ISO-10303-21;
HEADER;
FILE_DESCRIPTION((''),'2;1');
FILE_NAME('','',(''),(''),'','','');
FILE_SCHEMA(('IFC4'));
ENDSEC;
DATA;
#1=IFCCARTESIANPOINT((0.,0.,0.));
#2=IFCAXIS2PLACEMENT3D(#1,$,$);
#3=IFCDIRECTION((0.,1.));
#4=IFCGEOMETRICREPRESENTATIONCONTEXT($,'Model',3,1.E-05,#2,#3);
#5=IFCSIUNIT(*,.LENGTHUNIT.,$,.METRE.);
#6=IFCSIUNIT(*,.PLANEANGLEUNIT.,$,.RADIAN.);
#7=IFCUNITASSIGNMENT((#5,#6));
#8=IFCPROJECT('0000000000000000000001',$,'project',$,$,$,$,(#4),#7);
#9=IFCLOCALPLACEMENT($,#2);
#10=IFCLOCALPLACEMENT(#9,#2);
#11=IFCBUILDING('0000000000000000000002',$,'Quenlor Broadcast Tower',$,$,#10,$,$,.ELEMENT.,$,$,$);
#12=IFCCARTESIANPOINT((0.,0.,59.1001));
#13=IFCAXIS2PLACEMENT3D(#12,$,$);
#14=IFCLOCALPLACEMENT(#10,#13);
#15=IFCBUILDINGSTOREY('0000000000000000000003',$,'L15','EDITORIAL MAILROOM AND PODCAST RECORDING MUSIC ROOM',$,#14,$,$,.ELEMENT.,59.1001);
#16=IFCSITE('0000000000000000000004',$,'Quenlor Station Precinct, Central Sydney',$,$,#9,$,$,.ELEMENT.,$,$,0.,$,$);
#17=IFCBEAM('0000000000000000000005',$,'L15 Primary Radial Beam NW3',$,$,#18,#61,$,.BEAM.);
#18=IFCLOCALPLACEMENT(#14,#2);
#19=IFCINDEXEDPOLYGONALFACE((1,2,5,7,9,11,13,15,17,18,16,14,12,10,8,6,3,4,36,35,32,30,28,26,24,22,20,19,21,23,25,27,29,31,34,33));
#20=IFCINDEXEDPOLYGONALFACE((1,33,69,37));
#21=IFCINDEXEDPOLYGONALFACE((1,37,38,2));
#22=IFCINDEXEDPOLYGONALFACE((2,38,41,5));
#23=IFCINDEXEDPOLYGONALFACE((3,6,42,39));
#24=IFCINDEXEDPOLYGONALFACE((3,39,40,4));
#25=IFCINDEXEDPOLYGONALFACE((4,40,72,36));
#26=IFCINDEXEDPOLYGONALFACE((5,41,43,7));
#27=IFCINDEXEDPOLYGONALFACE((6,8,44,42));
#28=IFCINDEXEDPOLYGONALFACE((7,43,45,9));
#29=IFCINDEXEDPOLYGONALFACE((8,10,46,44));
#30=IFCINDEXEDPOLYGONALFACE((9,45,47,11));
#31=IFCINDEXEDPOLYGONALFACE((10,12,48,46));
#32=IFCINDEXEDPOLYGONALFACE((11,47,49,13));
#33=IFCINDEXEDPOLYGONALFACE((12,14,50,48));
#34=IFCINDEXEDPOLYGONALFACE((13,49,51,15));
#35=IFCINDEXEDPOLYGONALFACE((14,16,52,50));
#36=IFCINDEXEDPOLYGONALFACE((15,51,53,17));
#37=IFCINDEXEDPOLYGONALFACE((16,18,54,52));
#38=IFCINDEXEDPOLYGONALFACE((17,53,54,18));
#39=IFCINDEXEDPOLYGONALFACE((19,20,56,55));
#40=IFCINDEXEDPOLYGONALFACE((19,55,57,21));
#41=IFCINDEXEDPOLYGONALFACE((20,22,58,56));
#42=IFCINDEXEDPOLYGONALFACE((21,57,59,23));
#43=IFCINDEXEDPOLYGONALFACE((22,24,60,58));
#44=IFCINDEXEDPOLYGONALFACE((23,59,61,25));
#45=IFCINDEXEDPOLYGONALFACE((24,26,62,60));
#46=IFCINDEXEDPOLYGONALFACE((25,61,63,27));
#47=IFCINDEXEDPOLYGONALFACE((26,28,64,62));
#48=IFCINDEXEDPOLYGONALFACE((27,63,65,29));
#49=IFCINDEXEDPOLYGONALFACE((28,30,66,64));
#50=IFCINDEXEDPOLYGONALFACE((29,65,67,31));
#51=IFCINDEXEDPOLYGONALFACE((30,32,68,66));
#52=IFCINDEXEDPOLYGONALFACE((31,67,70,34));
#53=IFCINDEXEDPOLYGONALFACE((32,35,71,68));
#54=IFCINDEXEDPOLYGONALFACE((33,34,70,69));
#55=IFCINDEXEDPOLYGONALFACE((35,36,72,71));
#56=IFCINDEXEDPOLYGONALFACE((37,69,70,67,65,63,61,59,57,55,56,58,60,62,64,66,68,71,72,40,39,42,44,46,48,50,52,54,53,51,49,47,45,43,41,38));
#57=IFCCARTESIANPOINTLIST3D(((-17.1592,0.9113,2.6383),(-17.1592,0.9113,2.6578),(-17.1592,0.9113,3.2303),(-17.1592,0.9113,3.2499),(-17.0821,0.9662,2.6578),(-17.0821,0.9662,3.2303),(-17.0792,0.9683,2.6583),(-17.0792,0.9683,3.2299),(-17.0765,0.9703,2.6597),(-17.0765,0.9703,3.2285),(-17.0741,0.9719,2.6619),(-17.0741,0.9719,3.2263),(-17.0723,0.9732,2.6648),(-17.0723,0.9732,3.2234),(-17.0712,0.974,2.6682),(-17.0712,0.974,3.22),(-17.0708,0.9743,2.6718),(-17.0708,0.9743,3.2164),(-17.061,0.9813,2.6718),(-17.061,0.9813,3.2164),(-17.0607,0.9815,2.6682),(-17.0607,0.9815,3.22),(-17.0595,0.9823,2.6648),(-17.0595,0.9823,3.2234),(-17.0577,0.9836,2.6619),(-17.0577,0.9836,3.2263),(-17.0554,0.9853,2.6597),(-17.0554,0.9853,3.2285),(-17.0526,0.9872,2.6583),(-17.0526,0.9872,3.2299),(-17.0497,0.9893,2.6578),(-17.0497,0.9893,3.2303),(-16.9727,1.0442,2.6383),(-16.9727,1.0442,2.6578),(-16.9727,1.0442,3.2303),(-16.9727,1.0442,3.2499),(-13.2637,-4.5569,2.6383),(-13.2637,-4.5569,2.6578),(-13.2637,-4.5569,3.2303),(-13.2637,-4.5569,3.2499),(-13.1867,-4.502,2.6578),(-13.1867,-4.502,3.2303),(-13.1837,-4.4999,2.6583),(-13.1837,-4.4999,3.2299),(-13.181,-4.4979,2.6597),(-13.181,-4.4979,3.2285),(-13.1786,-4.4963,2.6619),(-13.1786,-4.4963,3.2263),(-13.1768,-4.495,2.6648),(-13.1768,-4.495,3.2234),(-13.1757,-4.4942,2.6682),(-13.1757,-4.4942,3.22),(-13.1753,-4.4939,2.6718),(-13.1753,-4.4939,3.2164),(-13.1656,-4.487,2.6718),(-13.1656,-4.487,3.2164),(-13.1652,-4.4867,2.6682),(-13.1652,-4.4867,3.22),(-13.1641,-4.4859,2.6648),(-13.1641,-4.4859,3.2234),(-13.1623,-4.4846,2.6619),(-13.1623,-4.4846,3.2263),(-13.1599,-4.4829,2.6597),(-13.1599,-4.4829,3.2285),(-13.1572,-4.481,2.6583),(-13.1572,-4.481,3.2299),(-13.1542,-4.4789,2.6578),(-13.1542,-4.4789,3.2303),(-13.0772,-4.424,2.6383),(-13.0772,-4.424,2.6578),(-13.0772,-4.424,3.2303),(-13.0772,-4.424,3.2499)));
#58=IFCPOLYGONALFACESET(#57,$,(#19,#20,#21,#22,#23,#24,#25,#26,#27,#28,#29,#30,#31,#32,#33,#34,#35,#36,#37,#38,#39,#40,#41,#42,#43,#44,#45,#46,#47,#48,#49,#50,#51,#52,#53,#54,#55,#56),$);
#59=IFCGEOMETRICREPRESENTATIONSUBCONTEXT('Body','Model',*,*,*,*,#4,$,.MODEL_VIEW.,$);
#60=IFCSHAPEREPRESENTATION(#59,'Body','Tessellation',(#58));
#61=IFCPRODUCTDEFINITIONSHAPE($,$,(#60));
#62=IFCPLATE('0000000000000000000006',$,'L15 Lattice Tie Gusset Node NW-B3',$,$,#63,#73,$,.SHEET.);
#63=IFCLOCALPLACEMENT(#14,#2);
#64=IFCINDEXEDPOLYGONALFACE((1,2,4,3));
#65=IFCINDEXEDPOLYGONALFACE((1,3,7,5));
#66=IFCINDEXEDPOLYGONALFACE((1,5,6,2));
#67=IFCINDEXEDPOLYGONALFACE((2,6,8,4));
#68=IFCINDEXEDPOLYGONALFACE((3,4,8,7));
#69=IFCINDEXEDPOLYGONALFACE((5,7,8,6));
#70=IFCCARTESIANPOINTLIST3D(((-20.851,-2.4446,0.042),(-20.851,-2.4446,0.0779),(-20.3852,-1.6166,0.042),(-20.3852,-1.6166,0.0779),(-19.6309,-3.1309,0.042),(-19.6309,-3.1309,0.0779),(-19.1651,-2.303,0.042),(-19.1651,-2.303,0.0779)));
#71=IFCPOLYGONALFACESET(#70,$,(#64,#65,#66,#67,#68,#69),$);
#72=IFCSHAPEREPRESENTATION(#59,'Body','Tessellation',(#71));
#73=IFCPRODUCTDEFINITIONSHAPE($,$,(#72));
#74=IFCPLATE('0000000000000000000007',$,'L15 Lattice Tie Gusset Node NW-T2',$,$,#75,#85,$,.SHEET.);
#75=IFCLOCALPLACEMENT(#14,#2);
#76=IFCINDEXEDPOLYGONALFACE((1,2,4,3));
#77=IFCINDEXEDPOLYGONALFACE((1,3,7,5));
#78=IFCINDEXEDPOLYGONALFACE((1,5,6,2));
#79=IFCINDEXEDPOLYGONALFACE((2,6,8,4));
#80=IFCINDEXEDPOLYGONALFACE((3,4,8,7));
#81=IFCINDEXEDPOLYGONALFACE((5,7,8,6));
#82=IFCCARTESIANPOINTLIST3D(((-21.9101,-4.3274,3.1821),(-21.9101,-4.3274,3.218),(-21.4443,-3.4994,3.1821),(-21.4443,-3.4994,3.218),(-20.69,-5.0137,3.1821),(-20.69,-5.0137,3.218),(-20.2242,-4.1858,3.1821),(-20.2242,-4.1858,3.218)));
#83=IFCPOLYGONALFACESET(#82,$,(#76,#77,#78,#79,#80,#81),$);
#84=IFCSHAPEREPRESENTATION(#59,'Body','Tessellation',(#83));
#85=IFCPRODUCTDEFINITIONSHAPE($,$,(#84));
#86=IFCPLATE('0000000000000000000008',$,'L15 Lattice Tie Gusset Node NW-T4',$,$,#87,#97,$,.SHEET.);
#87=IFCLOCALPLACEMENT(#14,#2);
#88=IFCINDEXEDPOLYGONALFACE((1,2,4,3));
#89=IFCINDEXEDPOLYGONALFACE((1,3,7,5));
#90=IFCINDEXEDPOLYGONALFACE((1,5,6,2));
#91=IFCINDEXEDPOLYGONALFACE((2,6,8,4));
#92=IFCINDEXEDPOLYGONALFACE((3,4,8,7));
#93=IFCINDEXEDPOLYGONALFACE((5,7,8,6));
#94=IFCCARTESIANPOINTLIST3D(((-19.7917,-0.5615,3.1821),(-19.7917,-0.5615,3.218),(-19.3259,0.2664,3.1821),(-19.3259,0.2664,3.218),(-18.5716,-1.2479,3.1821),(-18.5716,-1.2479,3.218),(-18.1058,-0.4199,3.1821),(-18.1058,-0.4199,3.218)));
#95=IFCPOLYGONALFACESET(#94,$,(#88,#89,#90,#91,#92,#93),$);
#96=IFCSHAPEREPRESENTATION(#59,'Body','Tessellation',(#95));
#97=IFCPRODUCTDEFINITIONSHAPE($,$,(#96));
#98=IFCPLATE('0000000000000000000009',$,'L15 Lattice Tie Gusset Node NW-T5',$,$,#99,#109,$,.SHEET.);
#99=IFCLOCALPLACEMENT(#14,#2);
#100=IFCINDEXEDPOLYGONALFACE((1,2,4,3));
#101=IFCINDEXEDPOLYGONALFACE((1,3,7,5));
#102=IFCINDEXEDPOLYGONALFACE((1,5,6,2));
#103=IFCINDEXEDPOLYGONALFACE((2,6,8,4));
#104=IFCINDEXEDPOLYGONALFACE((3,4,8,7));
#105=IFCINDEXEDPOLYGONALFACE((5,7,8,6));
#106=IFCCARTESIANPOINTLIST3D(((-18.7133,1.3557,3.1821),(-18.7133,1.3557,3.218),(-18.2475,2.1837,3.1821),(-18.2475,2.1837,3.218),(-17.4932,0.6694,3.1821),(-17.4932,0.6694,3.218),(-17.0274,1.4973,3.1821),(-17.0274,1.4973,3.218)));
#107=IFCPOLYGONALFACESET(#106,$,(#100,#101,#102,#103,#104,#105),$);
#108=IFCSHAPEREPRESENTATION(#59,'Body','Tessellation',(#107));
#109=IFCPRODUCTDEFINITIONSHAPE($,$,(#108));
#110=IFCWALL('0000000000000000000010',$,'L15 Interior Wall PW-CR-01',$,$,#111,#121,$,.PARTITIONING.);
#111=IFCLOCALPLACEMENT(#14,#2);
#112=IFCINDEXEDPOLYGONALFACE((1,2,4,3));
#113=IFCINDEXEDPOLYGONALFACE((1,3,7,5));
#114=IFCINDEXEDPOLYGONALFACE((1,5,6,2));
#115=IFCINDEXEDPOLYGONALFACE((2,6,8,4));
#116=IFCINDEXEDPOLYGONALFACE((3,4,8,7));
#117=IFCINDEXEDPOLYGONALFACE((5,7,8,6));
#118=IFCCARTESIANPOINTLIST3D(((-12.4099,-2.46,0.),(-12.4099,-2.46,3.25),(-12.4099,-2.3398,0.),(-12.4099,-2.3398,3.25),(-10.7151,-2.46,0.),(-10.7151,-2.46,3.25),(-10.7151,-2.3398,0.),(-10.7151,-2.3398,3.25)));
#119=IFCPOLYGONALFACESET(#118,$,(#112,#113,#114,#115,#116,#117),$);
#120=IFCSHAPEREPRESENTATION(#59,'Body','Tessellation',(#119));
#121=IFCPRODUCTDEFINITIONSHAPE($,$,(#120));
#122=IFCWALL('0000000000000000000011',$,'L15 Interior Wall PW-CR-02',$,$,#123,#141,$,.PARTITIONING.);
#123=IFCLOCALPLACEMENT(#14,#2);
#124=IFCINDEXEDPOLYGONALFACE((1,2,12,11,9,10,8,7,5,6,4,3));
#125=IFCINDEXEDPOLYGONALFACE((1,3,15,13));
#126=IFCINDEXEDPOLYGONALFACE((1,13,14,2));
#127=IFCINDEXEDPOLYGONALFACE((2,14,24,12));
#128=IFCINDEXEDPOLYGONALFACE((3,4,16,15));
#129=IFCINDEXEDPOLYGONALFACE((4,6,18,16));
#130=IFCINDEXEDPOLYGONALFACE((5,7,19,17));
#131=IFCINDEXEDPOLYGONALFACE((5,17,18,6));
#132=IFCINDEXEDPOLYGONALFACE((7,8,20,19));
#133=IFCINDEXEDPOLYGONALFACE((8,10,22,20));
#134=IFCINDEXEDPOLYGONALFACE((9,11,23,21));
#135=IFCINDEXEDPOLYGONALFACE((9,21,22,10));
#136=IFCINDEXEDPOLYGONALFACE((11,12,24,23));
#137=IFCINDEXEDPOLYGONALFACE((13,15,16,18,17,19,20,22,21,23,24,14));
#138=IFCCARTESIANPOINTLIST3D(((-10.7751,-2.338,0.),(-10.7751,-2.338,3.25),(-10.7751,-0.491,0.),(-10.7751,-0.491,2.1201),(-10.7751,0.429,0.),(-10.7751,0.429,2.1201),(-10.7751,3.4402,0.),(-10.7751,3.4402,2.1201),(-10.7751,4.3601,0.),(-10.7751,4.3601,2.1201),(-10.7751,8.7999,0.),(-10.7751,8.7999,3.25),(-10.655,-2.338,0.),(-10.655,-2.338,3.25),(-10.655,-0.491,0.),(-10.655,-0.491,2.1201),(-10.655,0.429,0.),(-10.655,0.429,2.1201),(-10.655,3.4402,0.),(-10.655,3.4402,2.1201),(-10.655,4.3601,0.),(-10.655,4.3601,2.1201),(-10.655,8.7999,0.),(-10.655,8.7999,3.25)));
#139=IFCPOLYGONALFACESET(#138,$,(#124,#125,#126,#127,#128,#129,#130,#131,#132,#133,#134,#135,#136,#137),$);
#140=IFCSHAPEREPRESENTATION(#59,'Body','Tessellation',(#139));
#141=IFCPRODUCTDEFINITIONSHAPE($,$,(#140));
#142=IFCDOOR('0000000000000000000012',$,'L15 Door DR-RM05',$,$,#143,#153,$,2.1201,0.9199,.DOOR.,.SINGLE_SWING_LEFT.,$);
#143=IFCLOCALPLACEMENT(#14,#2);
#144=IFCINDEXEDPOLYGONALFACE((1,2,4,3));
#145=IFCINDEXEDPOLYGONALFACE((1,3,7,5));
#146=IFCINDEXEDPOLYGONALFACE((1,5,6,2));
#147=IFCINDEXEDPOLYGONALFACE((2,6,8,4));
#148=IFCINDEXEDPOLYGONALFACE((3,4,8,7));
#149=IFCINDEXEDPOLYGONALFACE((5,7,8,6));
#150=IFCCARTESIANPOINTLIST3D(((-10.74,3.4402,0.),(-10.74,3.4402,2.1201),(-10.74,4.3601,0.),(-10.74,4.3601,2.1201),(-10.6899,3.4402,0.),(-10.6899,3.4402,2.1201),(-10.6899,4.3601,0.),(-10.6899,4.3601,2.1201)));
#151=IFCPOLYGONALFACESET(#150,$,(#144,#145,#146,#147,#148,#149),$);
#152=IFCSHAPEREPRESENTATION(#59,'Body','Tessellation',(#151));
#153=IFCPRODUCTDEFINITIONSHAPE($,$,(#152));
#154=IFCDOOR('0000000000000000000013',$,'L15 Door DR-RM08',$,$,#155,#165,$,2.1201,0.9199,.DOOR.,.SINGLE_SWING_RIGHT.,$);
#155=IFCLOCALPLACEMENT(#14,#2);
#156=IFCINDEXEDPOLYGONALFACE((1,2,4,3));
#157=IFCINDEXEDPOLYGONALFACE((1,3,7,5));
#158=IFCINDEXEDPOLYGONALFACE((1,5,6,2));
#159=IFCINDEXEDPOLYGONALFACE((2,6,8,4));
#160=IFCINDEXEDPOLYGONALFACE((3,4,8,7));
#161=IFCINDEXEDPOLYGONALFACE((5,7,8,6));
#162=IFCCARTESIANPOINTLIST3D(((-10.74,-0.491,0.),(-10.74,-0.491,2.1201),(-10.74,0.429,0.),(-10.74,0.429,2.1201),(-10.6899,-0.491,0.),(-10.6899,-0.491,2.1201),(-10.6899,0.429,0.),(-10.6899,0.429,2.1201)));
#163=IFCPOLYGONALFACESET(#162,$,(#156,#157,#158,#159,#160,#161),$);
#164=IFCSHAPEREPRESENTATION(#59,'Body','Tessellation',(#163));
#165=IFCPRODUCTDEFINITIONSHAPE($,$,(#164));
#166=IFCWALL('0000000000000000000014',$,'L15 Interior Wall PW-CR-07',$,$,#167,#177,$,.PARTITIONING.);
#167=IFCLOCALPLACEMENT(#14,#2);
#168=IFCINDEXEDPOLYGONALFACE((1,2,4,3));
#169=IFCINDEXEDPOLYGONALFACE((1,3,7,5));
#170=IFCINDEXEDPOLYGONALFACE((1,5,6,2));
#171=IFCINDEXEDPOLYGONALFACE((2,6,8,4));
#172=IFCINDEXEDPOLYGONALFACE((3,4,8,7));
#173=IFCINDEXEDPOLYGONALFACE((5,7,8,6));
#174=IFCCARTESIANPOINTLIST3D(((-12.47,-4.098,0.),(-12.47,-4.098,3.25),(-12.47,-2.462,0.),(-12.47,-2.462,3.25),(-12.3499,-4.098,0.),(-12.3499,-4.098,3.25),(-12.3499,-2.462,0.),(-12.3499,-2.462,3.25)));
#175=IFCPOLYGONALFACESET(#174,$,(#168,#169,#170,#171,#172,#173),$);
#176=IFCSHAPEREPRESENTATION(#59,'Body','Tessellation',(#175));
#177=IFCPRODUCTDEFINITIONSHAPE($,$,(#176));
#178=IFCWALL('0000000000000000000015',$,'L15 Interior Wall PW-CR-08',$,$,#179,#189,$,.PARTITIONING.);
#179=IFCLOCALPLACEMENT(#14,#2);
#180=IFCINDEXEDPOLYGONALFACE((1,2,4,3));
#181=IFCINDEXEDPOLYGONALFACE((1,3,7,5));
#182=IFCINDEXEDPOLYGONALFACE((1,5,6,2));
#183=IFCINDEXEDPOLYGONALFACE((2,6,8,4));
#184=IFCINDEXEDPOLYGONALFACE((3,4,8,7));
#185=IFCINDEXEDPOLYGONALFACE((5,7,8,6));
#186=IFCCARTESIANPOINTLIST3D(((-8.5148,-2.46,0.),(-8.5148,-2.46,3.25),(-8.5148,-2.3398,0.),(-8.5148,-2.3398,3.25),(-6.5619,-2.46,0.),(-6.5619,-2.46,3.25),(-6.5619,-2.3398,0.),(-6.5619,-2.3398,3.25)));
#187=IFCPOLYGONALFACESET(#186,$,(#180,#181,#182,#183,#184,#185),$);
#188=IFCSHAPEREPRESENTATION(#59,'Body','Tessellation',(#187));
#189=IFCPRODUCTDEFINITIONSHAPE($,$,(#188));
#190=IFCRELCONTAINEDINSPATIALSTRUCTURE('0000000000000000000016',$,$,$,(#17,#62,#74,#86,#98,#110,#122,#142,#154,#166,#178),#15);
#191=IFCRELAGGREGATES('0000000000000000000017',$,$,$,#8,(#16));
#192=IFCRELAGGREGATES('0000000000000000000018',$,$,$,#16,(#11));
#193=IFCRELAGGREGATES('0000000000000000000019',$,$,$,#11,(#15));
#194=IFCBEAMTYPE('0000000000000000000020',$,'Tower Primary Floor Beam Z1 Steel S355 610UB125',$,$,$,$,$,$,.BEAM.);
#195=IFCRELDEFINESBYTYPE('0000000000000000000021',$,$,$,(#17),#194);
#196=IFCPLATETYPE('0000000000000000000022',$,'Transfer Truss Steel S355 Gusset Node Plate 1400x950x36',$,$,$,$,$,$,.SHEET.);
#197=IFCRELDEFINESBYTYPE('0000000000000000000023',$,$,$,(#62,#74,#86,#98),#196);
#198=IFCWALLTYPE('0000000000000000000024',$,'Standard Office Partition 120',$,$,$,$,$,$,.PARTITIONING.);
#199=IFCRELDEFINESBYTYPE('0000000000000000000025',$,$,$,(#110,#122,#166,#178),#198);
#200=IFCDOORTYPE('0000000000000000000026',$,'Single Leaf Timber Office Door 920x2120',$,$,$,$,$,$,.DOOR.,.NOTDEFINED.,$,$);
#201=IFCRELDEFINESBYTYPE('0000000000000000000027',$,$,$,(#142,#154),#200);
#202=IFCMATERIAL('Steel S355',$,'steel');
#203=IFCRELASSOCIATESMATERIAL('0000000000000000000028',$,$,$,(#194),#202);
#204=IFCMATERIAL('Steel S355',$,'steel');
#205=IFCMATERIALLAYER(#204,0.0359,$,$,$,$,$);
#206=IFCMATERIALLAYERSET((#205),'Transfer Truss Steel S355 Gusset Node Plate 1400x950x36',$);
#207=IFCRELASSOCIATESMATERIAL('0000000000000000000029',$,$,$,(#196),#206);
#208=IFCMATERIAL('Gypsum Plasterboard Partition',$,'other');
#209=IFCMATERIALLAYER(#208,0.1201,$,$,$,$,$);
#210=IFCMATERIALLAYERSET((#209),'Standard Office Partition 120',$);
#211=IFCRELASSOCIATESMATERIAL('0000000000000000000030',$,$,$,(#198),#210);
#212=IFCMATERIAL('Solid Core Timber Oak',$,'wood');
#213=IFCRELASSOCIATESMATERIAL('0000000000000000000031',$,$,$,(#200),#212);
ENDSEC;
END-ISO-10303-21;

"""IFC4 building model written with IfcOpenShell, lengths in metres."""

from ifc_helpers import new_model, si_unit, direction, frame, frame_2d, origin, origin_2d, place, context, subcontext, project, spatial, rectangle, i_section, extrude, material, layer, layer_set, material_profile, profile_set, type_object, element, fill, save


model = new_model("IFC4")

# Units and contexts
model_context = context("Model", 3, precision=1e-05, world=origin(), true_north=direction((0.0, 1.0)))
body_context = subcontext(model_context, "Body", "Model", "MODEL_VIEW")
ifc_project = project(units=[si_unit("LENGTHUNIT", "METRE"), si_unit("PLANEANGLEUNIT", "RADIAN")], contexts=[model_context])

# Site, building, storey
site_placement = place(None, origin())
site = spatial("IfcSite", under=ifc_project, at=site_placement, Name="Quenlor Station Precinct, Central Sydney", CompositionType="ELEMENT", RefElevation=0.0)
building_placement = place(site_placement, origin())
building = spatial("IfcBuilding", under=site, at=building_placement, Name="Quenlor Broadcast Tower", CompositionType="ELEMENT")
storey_placement = place(building_placement, frame((0.0, 0.0, 59.1001)))
storey = spatial("IfcBuildingStorey", under=building, at=storey_placement, Name="L15", Description="EDITORIAL MAILROOM AND PODCAST RECORDING MUSIC ROOM", CompositionType="ELEMENT", Elevation=59.1001)

# Beam
ifc_material_1 = material(Name="Steel S355", Category="steel")
ifc_material_profile_1 = material_profile(ifc_material_1, i_section(OverallWidth=0.229, OverallDepth=0.6116, WebThickness=0.012, FlangeThickness=0.0195, FilletRadius=0.0139, at=origin_2d()))
ifc_profile_set_1 = profile_set([ifc_material_profile_1], Name="Steel S355 610UB125")
beam_type_1 = type_object("IfcBeamType", Name="Tower Primary Floor Beam Z1 Steel S355 610UB125", PredefinedType="BEAM", material=ifc_profile_set_1)
beam_1_placement = place(storey_placement, frame((-17.0659, 0.9778, 2.9441), z_axis=(0.580213, -0.814465, 0.0), x_axis=(0.814465, 0.580213, 0.0)))
element("IfcBeam", 1, at=beam_1_placement, inside=storey, type_object=beam_type_1, Name="L15 Primary Radial Beam NW3", PredefinedType="BEAM", context=body_context, shape_type="SweptSolid", body=[
    extrude(i_section(OverallWidth=0.229, OverallDepth=0.6116, WebThickness=0.012, FlangeThickness=0.0195, FilletRadius=0.0139, at=origin_2d()), origin(), (0.0, 0.0, 1.0), 6.7139),
])

# Plates
ifc_material_2 = material(Name="Steel S355", Category="steel")
ifc_layer_1 = layer(ifc_material_2, 0.0359)
ifc_layer_set_1 = layer_set([ifc_layer_1], Name="Transfer Truss Steel S355 Gusset Node Plate 1400x950x36")
plate_type = type_object("IfcPlateType", Name="Transfer Truss Steel S355 Gusset Node Plate 1400x950x36", PredefinedType="SHEET", material=ifc_layer_set_1)
for number, where, z_axis, x_axis, name in (
    (2, (-20.0081, -2.3738, 0.042), (0.0, 0.0, 1.0), (-0.871556, 0.490295, 0.0), "L15 Lattice Tie Gusset Node NW-B3"),
    (3, (-21.0671, -4.2566, 3.1821), (0.0, 0.0, 1.0), (-0.871556, 0.490295, 0.0), "L15 Lattice Tie Gusset Node NW-T2"),
    (4, (-18.9487, -0.4907, 3.1821), (0.0, 0.0, 1.0), (-0.871556, 0.490295, 0.0), "L15 Lattice Tie Gusset Node NW-T4"),
    (5, (-17.8704, 1.4265, 3.1821), (0.0, 0.0, 1.0), (-0.871556, 0.490295, 0.0), "L15 Lattice Tie Gusset Node NW-T5"),
):
    element("IfcPlate", number, at=place(storey_placement, frame(where, z_axis=z_axis, x_axis=x_axis)), inside=storey, type_object=plate_type, Name=name, PredefinedType="SHEET", context=body_context, shape_type="SweptSolid", body=[
        extrude(rectangle(XDim=1.3999, YDim=0.95, at=origin_2d()), origin(), (0.0, 0.0, 1.0), 0.0359),
    ])

# Shared definitions
ifc_material_3 = material(Name="Gypsum Plasterboard Partition", Category="other")
ifc_layer_2 = layer(ifc_material_3, 0.1201)
ifc_layer_set_2 = layer_set([ifc_layer_2], Name="Standard Office Partition 120")
wall_type_1 = type_object("IfcWallType", Name="Standard Office Partition 120", PredefinedType="PARTITIONING", material=ifc_layer_set_2)

# Wall
wall_1_placement = place(storey_placement, frame((-12.4099, -2.3999, 0.0), z_axis=(0.0, 0.0, 1.0), x_axis=(1.0, 0.0, 0.0)))
element("IfcWall", 6, at=wall_1_placement, inside=storey, type_object=wall_type_1, Name="L15 Interior Wall PW-CR-01", PredefinedType="PARTITIONING", context=body_context, shape_type="SweptSolid", body=[
    extrude(rectangle(XDim=1.6948, YDim=0.1201, at=frame_2d((0.8474, 0.0))), origin(), (0.0, 0.0, 1.0), 3.25),
])

# Wall, openings, doors
wall_2_placement = place(storey_placement, frame((-10.7151, -2.3379, 0.0), z_axis=(0.0, 0.0, 1.0), x_axis=(0.0, 1.0, 0.0)))
wall_2 = element("IfcWall", 7, at=wall_2_placement, inside=storey, type_object=wall_type_1, Name="L15 Interior Wall PW-CR-02", PredefinedType="PARTITIONING", context=body_context, shape_type="SweptSolid", body=[
    extrude(rectangle(XDim=11.1379, YDim=0.1201, at=frame_2d((5.5688, 0.0))), origin(), (0.0, 0.0, 1.0), 3.25),
])
opening_1_placement = place(wall_2_placement, frame((5.7781, 0.0, 0.0)))
opening_1 = element("IfcOpeningElement", 8, at=opening_1_placement, cuts=wall_2, PredefinedType="OPENING", context=body_context, shape_type="SweptSolid", body=[
    extrude(rectangle(XDim=0.9199, YDim=2.1201, at=frame_2d((0.46, 1.0601))), frame((0.0, 0.0701, 0.0), z_axis=(0.0, -1.0, 0.0), x_axis=(1.0, 0.0, 0.0)), (0.0, 0.0, 1.0), 0.1401),
])
opening_2_placement = place(wall_2_placement, frame((1.8469, 0.0, 0.0)))
opening_2 = element("IfcOpeningElement", 9, at=opening_2_placement, cuts=wall_2, PredefinedType="OPENING", context=body_context, shape_type="SweptSolid", body=[
    extrude(rectangle(XDim=0.9199, YDim=2.1201, at=frame_2d((0.46, 1.0601))), frame((0.0, 0.0701, 0.0), z_axis=(0.0, -1.0, 0.0), x_axis=(1.0, 0.0, 0.0)), (0.0, 0.0, 1.0), 0.1401),
])
ifc_material_4 = material(Name="Solid Core Timber Oak", Category="wood")
door_type_1 = type_object("IfcDoorType", Name="Single Leaf Timber Office Door 920x2120", OperationType="NOTDEFINED", PredefinedType="DOOR", material=ifc_material_4)
door_1_placement = place(opening_1_placement, origin())
door_1 = element("IfcDoor", 10, at=door_1_placement, inside=storey, type_object=door_type_1, Name="L15 Door DR-RM05", OperationType="SINGLE_SWING_LEFT", OverallHeight=2.1201, OverallWidth=0.9199, PredefinedType="DOOR", context=body_context, shape_type="SweptSolid", body=[
    extrude(rectangle(XDim=0.9199, YDim=2.1201, at=frame_2d((0.46, 1.0601))), frame((0.0, 0.0249, 0.0), z_axis=(0.0, -1.0, 0.0), x_axis=(1.0, 0.0, 0.0)), (0.0, 0.0, 1.0), 0.05),
])
fill(opening_1, door_1)
door_2_placement = place(opening_2_placement, origin())
door_2 = element("IfcDoor", 11, at=door_2_placement, inside=storey, type_object=door_type_1, Name="L15 Door DR-RM08", OperationType="SINGLE_SWING_RIGHT", OverallHeight=2.1201, OverallWidth=0.9199, PredefinedType="DOOR", context=body_context, shape_type="SweptSolid", body=[
    extrude(rectangle(XDim=0.9199, YDim=2.1201, at=frame_2d((0.46, 1.0601))), frame((0.0, 0.0249, 0.0), z_axis=(0.0, -1.0, 0.0), x_axis=(1.0, 0.0, 0.0)), (0.0, 0.0, 1.0), 0.05),
])
fill(opening_2, door_2)

# Walls
wall_3_placement = place(storey_placement, frame((-12.4099, -4.0979, 0.0), z_axis=(0.0, 0.0, 1.0), x_axis=(0.0, 1.0, 0.0)))
element("IfcWall", 12, at=wall_3_placement, inside=storey, type_object=wall_type_1, Name="L15 Interior Wall PW-CR-07", PredefinedType="PARTITIONING", context=body_context, shape_type="SweptSolid", body=[
    extrude(rectangle(XDim=1.636, YDim=0.1201, at=frame_2d((0.8179, 0.0))), origin(), (0.0, 0.0, 1.0), 3.25),
])
wall_4_placement = place(storey_placement, frame((-8.5149, -2.3999, 0.0), z_axis=(0.0, 0.0, 1.0), x_axis=(1.0, 0.0, 0.0)))
element("IfcWall", 13, at=wall_4_placement, inside=storey, type_object=wall_type_1, Name="L15 Interior Wall PW-CR-08", PredefinedType="PARTITIONING", context=body_context, shape_type="SweptSolid", body=[
    extrude(rectangle(XDim=1.9529, YDim=0.1201, at=frame_2d((0.9766, 0.0))), origin(), (0.0, 0.0, 1.0), 3.25),
])

save(model, "model.ifc")
